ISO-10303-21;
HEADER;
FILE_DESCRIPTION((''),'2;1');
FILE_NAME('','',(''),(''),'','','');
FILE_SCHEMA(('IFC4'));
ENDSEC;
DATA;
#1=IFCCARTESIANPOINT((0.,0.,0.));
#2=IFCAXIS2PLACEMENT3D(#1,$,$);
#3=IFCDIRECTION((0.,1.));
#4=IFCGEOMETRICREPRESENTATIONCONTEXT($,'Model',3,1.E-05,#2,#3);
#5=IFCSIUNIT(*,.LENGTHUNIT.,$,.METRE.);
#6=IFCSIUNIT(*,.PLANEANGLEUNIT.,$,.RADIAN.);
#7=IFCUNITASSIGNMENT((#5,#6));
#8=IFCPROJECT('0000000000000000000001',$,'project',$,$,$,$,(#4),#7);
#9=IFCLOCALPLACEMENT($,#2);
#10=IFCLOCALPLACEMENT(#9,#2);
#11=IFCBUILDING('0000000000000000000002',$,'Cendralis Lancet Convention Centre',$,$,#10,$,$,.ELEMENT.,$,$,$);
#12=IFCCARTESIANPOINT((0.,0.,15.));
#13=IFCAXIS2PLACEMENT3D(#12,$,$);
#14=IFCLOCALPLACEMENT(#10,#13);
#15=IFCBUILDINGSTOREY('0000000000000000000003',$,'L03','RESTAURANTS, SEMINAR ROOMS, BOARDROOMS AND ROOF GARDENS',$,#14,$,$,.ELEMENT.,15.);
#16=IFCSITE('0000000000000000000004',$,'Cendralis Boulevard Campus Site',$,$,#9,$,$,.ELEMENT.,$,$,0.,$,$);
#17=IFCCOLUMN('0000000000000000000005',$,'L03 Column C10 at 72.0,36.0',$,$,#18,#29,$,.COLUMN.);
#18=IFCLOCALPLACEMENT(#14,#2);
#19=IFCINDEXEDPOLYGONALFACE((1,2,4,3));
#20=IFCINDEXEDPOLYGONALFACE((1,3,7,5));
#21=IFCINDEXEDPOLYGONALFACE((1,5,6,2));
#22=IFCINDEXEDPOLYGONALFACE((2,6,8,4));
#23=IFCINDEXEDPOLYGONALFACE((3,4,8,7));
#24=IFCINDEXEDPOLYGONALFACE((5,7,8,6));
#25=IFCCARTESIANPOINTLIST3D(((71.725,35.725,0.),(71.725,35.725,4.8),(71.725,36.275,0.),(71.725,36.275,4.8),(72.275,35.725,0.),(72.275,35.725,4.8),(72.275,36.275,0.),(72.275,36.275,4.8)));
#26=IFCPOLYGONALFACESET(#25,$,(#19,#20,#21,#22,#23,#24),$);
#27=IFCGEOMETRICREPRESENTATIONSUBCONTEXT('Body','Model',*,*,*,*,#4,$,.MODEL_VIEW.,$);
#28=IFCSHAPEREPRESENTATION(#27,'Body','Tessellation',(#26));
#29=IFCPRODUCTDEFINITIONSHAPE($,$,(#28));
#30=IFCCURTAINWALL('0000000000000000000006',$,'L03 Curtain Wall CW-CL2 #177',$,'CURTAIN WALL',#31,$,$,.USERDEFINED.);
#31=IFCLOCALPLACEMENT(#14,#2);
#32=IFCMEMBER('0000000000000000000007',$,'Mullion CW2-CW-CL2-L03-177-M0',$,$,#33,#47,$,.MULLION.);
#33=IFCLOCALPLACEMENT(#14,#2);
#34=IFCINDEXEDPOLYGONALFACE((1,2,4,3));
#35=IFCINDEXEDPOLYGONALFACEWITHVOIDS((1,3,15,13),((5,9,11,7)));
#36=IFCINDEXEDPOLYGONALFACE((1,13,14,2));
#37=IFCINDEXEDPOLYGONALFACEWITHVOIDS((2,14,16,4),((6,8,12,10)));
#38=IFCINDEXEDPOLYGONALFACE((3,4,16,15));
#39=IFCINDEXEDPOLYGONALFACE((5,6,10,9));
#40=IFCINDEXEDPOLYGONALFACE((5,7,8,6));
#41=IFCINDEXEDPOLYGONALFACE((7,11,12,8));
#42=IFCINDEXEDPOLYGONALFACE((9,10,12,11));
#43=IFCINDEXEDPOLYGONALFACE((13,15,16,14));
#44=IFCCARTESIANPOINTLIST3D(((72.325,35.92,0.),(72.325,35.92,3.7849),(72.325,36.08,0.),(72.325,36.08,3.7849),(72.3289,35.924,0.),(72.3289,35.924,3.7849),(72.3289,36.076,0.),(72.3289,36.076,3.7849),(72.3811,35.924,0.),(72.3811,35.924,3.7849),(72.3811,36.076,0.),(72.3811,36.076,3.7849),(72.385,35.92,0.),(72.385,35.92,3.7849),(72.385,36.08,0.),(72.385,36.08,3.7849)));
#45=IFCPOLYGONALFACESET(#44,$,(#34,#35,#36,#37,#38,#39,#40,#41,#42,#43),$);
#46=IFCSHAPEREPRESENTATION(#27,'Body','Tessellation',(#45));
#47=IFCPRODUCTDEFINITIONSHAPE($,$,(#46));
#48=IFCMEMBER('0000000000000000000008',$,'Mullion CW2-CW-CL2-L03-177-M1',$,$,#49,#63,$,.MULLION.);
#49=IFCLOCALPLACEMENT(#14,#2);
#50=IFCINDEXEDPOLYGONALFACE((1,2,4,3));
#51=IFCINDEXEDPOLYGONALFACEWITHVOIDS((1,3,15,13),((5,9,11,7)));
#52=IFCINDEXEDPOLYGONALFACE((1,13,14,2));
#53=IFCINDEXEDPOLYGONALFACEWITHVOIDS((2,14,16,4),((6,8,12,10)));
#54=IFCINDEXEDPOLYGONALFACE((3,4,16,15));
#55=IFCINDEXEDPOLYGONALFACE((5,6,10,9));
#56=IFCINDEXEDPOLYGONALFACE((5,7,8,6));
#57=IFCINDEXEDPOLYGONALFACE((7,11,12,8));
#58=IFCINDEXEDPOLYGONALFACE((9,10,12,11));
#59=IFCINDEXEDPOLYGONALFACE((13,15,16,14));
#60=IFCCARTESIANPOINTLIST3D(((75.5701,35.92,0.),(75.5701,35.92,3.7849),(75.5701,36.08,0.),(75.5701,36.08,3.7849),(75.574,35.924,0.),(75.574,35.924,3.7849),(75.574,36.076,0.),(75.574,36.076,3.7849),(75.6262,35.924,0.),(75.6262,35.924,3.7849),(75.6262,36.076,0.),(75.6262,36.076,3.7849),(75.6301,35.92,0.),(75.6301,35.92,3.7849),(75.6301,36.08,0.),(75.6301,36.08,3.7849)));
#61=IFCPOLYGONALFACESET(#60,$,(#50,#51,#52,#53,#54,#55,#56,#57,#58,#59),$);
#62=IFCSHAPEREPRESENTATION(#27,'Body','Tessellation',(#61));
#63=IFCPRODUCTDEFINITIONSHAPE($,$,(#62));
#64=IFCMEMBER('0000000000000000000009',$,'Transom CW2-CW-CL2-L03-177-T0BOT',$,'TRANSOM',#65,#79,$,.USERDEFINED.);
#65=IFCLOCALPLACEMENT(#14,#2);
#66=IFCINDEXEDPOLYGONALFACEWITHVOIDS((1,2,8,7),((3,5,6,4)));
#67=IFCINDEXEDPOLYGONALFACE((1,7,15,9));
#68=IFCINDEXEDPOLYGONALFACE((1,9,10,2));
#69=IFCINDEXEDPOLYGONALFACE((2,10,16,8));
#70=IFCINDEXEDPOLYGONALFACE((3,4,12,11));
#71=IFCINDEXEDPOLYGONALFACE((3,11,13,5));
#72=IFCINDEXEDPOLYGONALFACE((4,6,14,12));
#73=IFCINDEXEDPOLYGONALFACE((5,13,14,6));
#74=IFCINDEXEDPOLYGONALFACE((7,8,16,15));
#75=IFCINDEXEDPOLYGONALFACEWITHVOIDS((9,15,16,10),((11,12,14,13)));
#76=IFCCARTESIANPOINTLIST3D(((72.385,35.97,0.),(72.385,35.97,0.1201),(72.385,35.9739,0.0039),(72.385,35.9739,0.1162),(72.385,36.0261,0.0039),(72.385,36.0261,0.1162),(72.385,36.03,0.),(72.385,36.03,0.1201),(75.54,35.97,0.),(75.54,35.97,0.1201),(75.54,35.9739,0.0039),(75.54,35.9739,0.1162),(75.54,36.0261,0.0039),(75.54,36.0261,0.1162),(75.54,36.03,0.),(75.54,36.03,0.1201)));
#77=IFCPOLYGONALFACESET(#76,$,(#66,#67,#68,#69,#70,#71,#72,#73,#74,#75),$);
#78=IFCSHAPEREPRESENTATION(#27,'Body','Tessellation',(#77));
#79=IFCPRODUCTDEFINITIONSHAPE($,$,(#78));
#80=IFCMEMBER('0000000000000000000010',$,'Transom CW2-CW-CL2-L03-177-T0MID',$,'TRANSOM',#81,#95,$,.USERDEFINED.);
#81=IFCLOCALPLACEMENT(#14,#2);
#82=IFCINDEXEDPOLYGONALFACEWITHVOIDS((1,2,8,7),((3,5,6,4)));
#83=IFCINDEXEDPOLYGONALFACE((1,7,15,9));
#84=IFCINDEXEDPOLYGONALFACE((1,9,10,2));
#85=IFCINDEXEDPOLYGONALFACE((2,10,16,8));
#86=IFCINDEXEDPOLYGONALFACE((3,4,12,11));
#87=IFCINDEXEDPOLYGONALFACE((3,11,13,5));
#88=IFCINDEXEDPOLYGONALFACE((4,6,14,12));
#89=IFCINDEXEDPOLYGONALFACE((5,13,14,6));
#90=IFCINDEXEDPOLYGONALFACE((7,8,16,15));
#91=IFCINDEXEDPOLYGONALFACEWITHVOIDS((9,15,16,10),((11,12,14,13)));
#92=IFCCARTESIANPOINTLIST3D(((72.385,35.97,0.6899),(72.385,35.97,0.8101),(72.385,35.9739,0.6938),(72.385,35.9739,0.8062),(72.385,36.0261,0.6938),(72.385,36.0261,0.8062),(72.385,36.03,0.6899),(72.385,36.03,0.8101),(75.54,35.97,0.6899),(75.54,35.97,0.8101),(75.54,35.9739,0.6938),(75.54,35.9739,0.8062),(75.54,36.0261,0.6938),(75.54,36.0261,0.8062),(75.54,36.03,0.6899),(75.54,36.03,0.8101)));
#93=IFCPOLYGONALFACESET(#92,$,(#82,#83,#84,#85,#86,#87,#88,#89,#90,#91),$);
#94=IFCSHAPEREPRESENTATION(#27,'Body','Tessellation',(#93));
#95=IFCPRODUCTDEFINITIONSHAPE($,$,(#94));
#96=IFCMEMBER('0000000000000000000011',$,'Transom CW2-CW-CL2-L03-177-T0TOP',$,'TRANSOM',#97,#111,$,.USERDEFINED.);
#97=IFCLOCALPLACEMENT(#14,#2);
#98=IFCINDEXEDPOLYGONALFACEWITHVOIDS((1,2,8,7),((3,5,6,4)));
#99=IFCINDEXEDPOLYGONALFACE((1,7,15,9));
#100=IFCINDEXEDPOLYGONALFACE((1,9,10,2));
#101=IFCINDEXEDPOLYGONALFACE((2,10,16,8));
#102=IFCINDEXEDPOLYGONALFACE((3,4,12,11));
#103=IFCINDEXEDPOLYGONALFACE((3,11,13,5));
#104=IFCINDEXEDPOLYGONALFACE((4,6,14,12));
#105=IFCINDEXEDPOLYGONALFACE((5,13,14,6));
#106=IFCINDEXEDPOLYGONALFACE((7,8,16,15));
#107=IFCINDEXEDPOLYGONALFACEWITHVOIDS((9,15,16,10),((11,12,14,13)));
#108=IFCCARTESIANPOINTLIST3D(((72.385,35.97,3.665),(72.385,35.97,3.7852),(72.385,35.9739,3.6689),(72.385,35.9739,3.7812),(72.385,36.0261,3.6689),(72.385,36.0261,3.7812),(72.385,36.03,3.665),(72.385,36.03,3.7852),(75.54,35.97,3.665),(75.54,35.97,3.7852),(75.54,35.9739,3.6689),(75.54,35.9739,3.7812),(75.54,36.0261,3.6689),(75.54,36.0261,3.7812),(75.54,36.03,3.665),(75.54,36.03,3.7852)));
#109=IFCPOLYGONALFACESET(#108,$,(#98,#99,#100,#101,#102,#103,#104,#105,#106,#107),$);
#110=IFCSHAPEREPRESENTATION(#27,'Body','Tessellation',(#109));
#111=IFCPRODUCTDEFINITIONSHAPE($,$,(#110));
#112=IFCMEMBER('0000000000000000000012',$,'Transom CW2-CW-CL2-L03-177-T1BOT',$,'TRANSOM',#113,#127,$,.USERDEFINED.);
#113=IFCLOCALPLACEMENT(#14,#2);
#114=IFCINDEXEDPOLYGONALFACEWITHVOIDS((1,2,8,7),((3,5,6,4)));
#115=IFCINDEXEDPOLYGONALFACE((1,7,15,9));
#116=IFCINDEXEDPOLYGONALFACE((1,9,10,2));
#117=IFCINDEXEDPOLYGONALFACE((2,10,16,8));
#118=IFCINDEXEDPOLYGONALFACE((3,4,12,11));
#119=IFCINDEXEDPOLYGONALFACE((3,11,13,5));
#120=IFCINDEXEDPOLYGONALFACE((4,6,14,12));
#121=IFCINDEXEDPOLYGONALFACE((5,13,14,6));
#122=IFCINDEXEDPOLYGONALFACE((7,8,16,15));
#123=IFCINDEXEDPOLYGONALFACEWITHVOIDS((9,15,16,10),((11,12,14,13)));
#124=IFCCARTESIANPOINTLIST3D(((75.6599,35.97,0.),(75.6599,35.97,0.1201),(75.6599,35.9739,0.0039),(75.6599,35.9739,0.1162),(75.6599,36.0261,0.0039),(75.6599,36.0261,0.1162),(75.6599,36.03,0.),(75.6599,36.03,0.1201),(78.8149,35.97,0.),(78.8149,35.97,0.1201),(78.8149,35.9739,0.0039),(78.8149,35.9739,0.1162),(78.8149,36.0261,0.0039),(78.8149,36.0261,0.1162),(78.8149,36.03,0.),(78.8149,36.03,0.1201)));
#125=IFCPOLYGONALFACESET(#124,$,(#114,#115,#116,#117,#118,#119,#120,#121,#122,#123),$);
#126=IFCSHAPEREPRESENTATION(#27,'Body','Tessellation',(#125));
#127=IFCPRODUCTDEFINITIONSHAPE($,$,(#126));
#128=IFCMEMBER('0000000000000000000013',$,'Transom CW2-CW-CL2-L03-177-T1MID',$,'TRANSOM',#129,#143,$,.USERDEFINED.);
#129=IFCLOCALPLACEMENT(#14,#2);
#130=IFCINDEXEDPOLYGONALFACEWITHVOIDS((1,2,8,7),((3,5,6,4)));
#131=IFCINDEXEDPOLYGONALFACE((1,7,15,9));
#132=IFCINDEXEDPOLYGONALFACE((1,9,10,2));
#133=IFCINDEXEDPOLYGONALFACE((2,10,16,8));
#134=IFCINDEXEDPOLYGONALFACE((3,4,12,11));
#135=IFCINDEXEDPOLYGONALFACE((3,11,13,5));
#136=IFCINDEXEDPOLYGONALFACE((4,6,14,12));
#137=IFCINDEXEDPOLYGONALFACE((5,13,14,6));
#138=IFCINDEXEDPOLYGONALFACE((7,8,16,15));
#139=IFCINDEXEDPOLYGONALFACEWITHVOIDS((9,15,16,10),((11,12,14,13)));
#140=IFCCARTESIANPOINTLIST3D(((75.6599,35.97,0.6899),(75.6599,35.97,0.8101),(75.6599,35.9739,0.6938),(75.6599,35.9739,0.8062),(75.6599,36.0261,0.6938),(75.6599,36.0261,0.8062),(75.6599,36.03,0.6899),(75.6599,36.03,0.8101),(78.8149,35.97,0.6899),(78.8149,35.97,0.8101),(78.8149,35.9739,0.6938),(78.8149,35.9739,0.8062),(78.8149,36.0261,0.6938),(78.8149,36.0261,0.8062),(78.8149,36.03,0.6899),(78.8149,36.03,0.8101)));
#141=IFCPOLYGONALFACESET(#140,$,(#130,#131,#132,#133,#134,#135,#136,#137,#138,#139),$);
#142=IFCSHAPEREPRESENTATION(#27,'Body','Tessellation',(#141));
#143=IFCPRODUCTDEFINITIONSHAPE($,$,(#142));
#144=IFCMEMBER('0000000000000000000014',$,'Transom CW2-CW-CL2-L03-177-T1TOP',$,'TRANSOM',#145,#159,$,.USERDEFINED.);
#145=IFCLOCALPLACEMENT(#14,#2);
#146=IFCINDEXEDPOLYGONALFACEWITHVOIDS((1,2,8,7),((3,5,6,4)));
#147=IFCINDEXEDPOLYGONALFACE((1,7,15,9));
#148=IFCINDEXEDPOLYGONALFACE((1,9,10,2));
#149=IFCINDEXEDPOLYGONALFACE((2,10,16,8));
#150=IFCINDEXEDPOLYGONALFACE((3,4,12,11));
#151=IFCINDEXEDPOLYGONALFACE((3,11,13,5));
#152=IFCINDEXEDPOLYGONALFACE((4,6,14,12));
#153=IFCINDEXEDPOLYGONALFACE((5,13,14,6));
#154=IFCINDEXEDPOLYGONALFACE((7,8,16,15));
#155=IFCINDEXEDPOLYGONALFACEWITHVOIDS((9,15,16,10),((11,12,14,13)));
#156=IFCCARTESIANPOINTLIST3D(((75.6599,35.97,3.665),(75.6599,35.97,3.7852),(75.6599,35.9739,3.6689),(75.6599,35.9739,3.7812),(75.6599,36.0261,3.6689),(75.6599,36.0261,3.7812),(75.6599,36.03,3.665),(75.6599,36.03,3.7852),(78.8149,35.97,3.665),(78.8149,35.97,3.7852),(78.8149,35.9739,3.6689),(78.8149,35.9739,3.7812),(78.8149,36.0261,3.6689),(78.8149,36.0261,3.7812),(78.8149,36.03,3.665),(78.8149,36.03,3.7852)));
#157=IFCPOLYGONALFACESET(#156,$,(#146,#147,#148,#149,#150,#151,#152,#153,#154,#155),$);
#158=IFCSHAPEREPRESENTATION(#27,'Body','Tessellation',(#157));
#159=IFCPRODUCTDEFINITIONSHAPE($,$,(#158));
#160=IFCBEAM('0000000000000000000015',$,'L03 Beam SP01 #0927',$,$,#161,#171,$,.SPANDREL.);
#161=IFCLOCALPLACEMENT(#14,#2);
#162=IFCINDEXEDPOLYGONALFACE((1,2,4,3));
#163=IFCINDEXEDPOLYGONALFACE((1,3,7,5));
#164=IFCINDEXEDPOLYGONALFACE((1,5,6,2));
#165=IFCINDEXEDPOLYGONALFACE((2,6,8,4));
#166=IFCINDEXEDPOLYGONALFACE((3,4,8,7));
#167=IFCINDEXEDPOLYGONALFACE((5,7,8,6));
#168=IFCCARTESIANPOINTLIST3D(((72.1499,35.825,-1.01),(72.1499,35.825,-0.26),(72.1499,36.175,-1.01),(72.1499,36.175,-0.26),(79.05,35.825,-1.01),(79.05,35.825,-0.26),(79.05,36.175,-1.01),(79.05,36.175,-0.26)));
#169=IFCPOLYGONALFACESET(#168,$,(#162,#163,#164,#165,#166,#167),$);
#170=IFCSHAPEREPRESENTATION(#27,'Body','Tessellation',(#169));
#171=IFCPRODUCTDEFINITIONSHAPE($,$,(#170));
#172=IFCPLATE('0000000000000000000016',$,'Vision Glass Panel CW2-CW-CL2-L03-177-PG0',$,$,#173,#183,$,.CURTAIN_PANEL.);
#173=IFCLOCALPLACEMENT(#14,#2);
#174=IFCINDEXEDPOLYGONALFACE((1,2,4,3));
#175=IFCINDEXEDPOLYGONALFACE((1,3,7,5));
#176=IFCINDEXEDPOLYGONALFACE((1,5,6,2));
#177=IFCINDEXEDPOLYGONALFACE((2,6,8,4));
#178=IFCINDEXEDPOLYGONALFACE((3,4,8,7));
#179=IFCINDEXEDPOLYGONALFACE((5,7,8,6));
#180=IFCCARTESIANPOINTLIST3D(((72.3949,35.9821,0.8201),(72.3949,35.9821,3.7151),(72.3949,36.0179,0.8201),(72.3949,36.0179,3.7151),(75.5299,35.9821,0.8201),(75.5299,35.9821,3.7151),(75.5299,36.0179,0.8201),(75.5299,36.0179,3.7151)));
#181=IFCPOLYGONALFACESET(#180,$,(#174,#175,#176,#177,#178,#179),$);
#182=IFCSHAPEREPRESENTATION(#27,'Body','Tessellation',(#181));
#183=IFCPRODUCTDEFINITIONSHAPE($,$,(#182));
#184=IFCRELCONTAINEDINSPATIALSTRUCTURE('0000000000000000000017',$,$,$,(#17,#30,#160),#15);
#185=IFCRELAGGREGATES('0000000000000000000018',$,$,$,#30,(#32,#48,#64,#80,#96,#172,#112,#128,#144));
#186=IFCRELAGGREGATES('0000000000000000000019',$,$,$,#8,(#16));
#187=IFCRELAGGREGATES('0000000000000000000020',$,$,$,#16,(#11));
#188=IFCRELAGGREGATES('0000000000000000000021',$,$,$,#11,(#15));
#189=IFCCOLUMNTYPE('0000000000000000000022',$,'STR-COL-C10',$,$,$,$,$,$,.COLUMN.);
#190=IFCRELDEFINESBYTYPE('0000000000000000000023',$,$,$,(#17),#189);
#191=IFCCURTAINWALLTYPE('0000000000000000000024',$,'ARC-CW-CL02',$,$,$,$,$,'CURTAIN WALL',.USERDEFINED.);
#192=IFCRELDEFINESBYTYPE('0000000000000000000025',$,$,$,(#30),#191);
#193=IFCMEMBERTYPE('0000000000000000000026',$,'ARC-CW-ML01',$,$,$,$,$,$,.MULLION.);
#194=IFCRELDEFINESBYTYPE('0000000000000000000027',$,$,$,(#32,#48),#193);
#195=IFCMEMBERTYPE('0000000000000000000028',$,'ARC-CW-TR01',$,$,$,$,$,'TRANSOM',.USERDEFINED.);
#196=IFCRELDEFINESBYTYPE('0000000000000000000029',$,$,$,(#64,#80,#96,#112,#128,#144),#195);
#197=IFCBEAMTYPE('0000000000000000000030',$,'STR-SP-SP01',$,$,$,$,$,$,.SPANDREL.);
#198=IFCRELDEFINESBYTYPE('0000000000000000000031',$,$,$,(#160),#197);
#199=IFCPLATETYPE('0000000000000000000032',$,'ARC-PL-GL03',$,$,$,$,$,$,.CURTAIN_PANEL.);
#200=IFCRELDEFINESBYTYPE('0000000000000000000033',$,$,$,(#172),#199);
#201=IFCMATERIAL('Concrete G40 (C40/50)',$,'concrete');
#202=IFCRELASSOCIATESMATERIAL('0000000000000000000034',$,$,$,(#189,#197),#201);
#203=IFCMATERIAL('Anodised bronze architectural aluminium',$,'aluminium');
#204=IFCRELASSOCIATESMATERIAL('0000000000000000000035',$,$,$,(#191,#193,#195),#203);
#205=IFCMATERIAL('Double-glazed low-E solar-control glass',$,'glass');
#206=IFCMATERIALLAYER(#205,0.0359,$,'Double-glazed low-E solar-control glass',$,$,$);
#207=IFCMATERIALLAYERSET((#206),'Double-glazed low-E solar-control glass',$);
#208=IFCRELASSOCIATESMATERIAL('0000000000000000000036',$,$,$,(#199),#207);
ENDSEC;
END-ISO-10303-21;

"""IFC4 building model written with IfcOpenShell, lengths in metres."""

from ifc_helpers import new_model, si_unit, direction, frame, origin, origin_2d, place, context, subcontext, project, spatial, rectangle, hollow_rectangle, extrude, material, layer, layer_set, material_profile, profile_set, type_object, element, aggregate, save


model = new_model("IFC4")

# Units and contexts
model_context = context("Model", 3, precision=1e-05, world=origin(), true_north=direction((0.0, 1.0)))
body_context = subcontext(model_context, "Body", "Model", "MODEL_VIEW")
ifc_project = project(units=[si_unit("LENGTHUNIT", "METRE"), si_unit("PLANEANGLEUNIT", "RADIAN")], contexts=[model_context])

# Site, building, storey
site_placement = place(None, origin())
site = spatial("IfcSite", under=ifc_project, at=site_placement, Name="Cendralis Boulevard Campus Site", CompositionType="ELEMENT", RefElevation=0.0)
building_placement = place(site_placement, origin())
building = spatial("IfcBuilding", under=site, at=building_placement, Name="Cendralis Lancet Convention Centre", CompositionType="ELEMENT")
storey_placement = place(building_placement, frame((0.0, 0.0, 15.0)))
storey = spatial("IfcBuildingStorey", under=building, at=storey_placement, Name="L03", Description="RESTAURANTS, SEMINAR ROOMS, BOARDROOMS AND ROOF GARDENS", CompositionType="ELEMENT", Elevation=15.0)

# Column
ifc_material_1 = material(Name="Concrete G40 (C40/50)", Category="concrete")
ifc_material_profile_1 = material_profile(ifc_material_1, rectangle(XDim=0.55, YDim=0.55, at=origin_2d()), Name="RC 550x550")
ifc_profile_set_1 = profile_set([ifc_material_profile_1], Name="Concrete G40 (C40/50)")
column_type = type_object("IfcColumnType", Name="STR-COL-C10", PredefinedType="COLUMN", material=ifc_profile_set_1)
column_placement = place(storey_placement, frame((72.0, 36.0, 0.0), z_axis=(0.0, 0.0, 1.0), x_axis=(1.0, 0.0, 0.0)))
element("IfcColumn", 1, at=column_placement, inside=storey, type_object=column_type, Name="L03 Column C10 at 72.0,36.0", PredefinedType="COLUMN", context=body_context, shape_type="SweptSolid", body=[
    extrude(rectangle(XDim=0.55, YDim=0.55, at=origin_2d()), origin(), (0.0, 0.0, 1.0), 4.8),
])

# Curtain wall, members
ifc_material_2 = material(Name="Anodised bronze architectural aluminium", Category="aluminium")
curtain_wall_type = type_object("IfcCurtainWallType", Name="ARC-CW-CL02", ElementType="CURTAIN WALL", PredefinedType="USERDEFINED", material=ifc_material_2)
curtain_wall_placement = place(storey_placement, origin())
curtain_wall = element("IfcCurtainWall", 2, at=curtain_wall_placement, inside=storey, type_object=curtain_wall_type, Name="L03 Curtain Wall CW-CL2 #177", ObjectType="CURTAIN WALL", PredefinedType="USERDEFINED")
ifc_material_profile_2 = material_profile(ifc_material_2, hollow_rectangle(XDim=0.0601, YDim=0.1599, WallThickness=0.0039, at=origin_2d()), Name="AL-MULL 60x160x4.0")
ifc_profile_set_2 = profile_set([ifc_material_profile_2], Name="Anodised bronze architectural aluminium")
member_type_1 = type_object("IfcMemberType", Name="ARC-CW-ML01", PredefinedType="MULLION", material=ifc_profile_set_2)
member_1_placement = place(storey_placement, frame((72.355, 36.0, 0.0), z_axis=(0.0, 0.0, 1.0), x_axis=(1.0, 0.0, 0.0)))
member_1 = element("IfcMember", 3, at=member_1_placement, type_object=member_type_1, Name="Mullion CW2-CW-CL2-L03-177-M0", PredefinedType="MULLION", context=body_context, shape_type="SweptSolid", body=[
    extrude(hollow_rectangle(XDim=0.0601, YDim=0.1599, WallThickness=0.0039, at=origin_2d()), origin(), (0.0, 0.0, 1.0), 3.7849),
])
member_2_placement = place(storey_placement, frame((75.6001, 36.0, 0.0), z_axis=(0.0, 0.0, 1.0), x_axis=(1.0, 0.0, 0.0)))
member_2 = element("IfcMember", 4, at=member_2_placement, type_object=member_type_1, Name="Mullion CW2-CW-CL2-L03-177-M1", PredefinedType="MULLION", context=body_context, shape_type="SweptSolid", body=[
    extrude(hollow_rectangle(XDim=0.0601, YDim=0.1599, WallThickness=0.0039, at=origin_2d()), origin(), (0.0, 0.0, 1.0), 3.7849),
])
ifc_material_profile_3 = material_profile(ifc_material_2, hollow_rectangle(XDim=0.0601, YDim=0.1201, WallThickness=0.0039, at=origin_2d()), Name="AL-TRAN 60x120x4.0")
ifc_profile_set_3 = profile_set([ifc_material_profile_3], Name="Anodised bronze architectural aluminium")
member_type_2 = type_object("IfcMemberType", Name="ARC-CW-TR01", ElementType="TRANSOM", PredefinedType="USERDEFINED", material=ifc_profile_set_3)
member_3_placement = place(storey_placement, frame((72.385, 36.0, 0.0601), z_axis=(1.0, 0.0, 0.0), x_axis=(0.0, 1.0, 0.0)))
member_3 = element("IfcMember", 5, at=member_3_placement, type_object=member_type_2, Name="Transom CW2-CW-CL2-L03-177-T0BOT", ObjectType="TRANSOM", PredefinedType="USERDEFINED", context=body_context, shape_type="SweptSolid", body=[
    extrude(hollow_rectangle(XDim=0.0601, YDim=0.1201, WallThickness=0.0039, at=origin_2d()), origin(), (0.0, 0.0, 1.0), 3.155),
])
member_4_placement = place(storey_placement, frame((72.385, 36.0, 0.75), z_axis=(1.0, 0.0, 0.0), x_axis=(0.0, 1.0, 0.0)))
member_4 = element("IfcMember", 6, at=member_4_placement, type_object=member_type_2, Name="Transom CW2-CW-CL2-L03-177-T0MID", ObjectType="TRANSOM", PredefinedType="USERDEFINED", context=body_context, shape_type="SweptSolid", body=[
    extrude(hollow_rectangle(XDim=0.0601, YDim=0.1201, WallThickness=0.0039, at=origin_2d()), origin(), (0.0, 0.0, 1.0), 3.155),
])
member_5_placement = place(storey_placement, frame((72.385, 36.0, 3.7251), z_axis=(1.0, 0.0, 0.0), x_axis=(0.0, 1.0, 0.0)))
member_5 = element("IfcMember", 7, at=member_5_placement, type_object=member_type_2, Name="Transom CW2-CW-CL2-L03-177-T0TOP", ObjectType="TRANSOM", PredefinedType="USERDEFINED", context=body_context, shape_type="SweptSolid", body=[
    extrude(hollow_rectangle(XDim=0.0601, YDim=0.1201, WallThickness=0.0039, at=origin_2d()), origin(), (0.0, 0.0, 1.0), 3.155),
])
member_6_placement = place(storey_placement, frame((75.6599, 36.0, 0.0601), z_axis=(1.0, 0.0, 0.0), x_axis=(0.0, 1.0, 0.0)))
member_6 = element("IfcMember", 8, at=member_6_placement, type_object=member_type_2, Name="Transom CW2-CW-CL2-L03-177-T1BOT", ObjectType="TRANSOM", PredefinedType="USERDEFINED", context=body_context, shape_type="SweptSolid", body=[
    extrude(hollow_rectangle(XDim=0.0601, YDim=0.1201, WallThickness=0.0039, at=origin_2d()), origin(), (0.0, 0.0, 1.0), 3.155),
])
member_7_placement = place(storey_placement, frame((75.6599, 36.0, 0.75), z_axis=(1.0, 0.0, 0.0), x_axis=(0.0, 1.0, 0.0)))
member_7 = element("IfcMember", 9, at=member_7_placement, type_object=member_type_2, Name="Transom CW2-CW-CL2-L03-177-T1MID", ObjectType="TRANSOM", PredefinedType="USERDEFINED", context=body_context, shape_type="SweptSolid", body=[
    extrude(hollow_rectangle(XDim=0.0601, YDim=0.1201, WallThickness=0.0039, at=origin_2d()), origin(), (0.0, 0.0, 1.0), 3.155),
])
member_8_placement = place(storey_placement, frame((75.6599, 36.0, 3.7251), z_axis=(1.0, 0.0, 0.0), x_axis=(0.0, 1.0, 0.0)))
member_8 = element("IfcMember", 10, at=member_8_placement, type_object=member_type_2, Name="Transom CW2-CW-CL2-L03-177-T1TOP", ObjectType="TRANSOM", PredefinedType="USERDEFINED", context=body_context, shape_type="SweptSolid", body=[
    extrude(hollow_rectangle(XDim=0.0601, YDim=0.1201, WallThickness=0.0039, at=origin_2d()), origin(), (0.0, 0.0, 1.0), 3.155),
])

# Beam
ifc_material_profile_4 = material_profile(ifc_material_1, rectangle(XDim=0.3501, YDim=0.75, at=origin_2d()), Name="RCB 350x750")
ifc_profile_set_4 = profile_set([ifc_material_profile_4], Name="Concrete G40 (C40/50)")
beam_type = type_object("IfcBeamType", Name="STR-SP-SP01", PredefinedType="SPANDREL", material=ifc_profile_set_4)
beam_placement = place(storey_placement, frame((72.1499, 36.0, -0.635), z_axis=(1.0, 0.0, 0.0), x_axis=(0.0, 1.0, 0.0)))
element("IfcBeam", 11, at=beam_placement, inside=storey, type_object=beam_type, Name="L03 Beam SP01 #0927", PredefinedType="SPANDREL", context=body_context, shape_type="SweptSolid", body=[
    extrude(rectangle(XDim=0.3501, YDim=0.75, at=origin_2d()), origin(), (0.0, 0.0, 1.0), 6.9001),
])

# Plate
ifc_material_3 = material(Name="Double-glazed low-E solar-control glass", Category="glass")
ifc_layer_1 = layer(ifc_material_3, 0.0359, Name="Double-glazed low-E solar-control glass")
ifc_layer_set_1 = layer_set([ifc_layer_1], Name="Double-glazed low-E solar-control glass")
plate_type_1 = type_object("IfcPlateType", Name="ARC-PL-GL03", PredefinedType="CURTAIN_PANEL", material=ifc_layer_set_1)
plate_1_placement = place(storey_placement, frame((73.9624, 36.0, 0.8201), z_axis=(0.0, 0.0, 1.0), x_axis=(1.0, 0.0, 0.0)))
plate_1 = element("IfcPlate", 12, at=plate_1_placement, type_object=plate_type_1, Name="Vision Glass Panel CW2-CW-CL2-L03-177-PG0", PredefinedType="CURTAIN_PANEL", context=body_context, shape_type="SweptSolid", body=[
    extrude(rectangle(XDim=3.135, YDim=0.0359, at=origin_2d()), origin(), (0.0, 0.0, 1.0), 2.895),
])
aggregate(curtain_wall, [member_1, member_2, member_3, member_4, member_5, plate_1, member_6, member_7, member_8])

save(model, "model.ifc")
